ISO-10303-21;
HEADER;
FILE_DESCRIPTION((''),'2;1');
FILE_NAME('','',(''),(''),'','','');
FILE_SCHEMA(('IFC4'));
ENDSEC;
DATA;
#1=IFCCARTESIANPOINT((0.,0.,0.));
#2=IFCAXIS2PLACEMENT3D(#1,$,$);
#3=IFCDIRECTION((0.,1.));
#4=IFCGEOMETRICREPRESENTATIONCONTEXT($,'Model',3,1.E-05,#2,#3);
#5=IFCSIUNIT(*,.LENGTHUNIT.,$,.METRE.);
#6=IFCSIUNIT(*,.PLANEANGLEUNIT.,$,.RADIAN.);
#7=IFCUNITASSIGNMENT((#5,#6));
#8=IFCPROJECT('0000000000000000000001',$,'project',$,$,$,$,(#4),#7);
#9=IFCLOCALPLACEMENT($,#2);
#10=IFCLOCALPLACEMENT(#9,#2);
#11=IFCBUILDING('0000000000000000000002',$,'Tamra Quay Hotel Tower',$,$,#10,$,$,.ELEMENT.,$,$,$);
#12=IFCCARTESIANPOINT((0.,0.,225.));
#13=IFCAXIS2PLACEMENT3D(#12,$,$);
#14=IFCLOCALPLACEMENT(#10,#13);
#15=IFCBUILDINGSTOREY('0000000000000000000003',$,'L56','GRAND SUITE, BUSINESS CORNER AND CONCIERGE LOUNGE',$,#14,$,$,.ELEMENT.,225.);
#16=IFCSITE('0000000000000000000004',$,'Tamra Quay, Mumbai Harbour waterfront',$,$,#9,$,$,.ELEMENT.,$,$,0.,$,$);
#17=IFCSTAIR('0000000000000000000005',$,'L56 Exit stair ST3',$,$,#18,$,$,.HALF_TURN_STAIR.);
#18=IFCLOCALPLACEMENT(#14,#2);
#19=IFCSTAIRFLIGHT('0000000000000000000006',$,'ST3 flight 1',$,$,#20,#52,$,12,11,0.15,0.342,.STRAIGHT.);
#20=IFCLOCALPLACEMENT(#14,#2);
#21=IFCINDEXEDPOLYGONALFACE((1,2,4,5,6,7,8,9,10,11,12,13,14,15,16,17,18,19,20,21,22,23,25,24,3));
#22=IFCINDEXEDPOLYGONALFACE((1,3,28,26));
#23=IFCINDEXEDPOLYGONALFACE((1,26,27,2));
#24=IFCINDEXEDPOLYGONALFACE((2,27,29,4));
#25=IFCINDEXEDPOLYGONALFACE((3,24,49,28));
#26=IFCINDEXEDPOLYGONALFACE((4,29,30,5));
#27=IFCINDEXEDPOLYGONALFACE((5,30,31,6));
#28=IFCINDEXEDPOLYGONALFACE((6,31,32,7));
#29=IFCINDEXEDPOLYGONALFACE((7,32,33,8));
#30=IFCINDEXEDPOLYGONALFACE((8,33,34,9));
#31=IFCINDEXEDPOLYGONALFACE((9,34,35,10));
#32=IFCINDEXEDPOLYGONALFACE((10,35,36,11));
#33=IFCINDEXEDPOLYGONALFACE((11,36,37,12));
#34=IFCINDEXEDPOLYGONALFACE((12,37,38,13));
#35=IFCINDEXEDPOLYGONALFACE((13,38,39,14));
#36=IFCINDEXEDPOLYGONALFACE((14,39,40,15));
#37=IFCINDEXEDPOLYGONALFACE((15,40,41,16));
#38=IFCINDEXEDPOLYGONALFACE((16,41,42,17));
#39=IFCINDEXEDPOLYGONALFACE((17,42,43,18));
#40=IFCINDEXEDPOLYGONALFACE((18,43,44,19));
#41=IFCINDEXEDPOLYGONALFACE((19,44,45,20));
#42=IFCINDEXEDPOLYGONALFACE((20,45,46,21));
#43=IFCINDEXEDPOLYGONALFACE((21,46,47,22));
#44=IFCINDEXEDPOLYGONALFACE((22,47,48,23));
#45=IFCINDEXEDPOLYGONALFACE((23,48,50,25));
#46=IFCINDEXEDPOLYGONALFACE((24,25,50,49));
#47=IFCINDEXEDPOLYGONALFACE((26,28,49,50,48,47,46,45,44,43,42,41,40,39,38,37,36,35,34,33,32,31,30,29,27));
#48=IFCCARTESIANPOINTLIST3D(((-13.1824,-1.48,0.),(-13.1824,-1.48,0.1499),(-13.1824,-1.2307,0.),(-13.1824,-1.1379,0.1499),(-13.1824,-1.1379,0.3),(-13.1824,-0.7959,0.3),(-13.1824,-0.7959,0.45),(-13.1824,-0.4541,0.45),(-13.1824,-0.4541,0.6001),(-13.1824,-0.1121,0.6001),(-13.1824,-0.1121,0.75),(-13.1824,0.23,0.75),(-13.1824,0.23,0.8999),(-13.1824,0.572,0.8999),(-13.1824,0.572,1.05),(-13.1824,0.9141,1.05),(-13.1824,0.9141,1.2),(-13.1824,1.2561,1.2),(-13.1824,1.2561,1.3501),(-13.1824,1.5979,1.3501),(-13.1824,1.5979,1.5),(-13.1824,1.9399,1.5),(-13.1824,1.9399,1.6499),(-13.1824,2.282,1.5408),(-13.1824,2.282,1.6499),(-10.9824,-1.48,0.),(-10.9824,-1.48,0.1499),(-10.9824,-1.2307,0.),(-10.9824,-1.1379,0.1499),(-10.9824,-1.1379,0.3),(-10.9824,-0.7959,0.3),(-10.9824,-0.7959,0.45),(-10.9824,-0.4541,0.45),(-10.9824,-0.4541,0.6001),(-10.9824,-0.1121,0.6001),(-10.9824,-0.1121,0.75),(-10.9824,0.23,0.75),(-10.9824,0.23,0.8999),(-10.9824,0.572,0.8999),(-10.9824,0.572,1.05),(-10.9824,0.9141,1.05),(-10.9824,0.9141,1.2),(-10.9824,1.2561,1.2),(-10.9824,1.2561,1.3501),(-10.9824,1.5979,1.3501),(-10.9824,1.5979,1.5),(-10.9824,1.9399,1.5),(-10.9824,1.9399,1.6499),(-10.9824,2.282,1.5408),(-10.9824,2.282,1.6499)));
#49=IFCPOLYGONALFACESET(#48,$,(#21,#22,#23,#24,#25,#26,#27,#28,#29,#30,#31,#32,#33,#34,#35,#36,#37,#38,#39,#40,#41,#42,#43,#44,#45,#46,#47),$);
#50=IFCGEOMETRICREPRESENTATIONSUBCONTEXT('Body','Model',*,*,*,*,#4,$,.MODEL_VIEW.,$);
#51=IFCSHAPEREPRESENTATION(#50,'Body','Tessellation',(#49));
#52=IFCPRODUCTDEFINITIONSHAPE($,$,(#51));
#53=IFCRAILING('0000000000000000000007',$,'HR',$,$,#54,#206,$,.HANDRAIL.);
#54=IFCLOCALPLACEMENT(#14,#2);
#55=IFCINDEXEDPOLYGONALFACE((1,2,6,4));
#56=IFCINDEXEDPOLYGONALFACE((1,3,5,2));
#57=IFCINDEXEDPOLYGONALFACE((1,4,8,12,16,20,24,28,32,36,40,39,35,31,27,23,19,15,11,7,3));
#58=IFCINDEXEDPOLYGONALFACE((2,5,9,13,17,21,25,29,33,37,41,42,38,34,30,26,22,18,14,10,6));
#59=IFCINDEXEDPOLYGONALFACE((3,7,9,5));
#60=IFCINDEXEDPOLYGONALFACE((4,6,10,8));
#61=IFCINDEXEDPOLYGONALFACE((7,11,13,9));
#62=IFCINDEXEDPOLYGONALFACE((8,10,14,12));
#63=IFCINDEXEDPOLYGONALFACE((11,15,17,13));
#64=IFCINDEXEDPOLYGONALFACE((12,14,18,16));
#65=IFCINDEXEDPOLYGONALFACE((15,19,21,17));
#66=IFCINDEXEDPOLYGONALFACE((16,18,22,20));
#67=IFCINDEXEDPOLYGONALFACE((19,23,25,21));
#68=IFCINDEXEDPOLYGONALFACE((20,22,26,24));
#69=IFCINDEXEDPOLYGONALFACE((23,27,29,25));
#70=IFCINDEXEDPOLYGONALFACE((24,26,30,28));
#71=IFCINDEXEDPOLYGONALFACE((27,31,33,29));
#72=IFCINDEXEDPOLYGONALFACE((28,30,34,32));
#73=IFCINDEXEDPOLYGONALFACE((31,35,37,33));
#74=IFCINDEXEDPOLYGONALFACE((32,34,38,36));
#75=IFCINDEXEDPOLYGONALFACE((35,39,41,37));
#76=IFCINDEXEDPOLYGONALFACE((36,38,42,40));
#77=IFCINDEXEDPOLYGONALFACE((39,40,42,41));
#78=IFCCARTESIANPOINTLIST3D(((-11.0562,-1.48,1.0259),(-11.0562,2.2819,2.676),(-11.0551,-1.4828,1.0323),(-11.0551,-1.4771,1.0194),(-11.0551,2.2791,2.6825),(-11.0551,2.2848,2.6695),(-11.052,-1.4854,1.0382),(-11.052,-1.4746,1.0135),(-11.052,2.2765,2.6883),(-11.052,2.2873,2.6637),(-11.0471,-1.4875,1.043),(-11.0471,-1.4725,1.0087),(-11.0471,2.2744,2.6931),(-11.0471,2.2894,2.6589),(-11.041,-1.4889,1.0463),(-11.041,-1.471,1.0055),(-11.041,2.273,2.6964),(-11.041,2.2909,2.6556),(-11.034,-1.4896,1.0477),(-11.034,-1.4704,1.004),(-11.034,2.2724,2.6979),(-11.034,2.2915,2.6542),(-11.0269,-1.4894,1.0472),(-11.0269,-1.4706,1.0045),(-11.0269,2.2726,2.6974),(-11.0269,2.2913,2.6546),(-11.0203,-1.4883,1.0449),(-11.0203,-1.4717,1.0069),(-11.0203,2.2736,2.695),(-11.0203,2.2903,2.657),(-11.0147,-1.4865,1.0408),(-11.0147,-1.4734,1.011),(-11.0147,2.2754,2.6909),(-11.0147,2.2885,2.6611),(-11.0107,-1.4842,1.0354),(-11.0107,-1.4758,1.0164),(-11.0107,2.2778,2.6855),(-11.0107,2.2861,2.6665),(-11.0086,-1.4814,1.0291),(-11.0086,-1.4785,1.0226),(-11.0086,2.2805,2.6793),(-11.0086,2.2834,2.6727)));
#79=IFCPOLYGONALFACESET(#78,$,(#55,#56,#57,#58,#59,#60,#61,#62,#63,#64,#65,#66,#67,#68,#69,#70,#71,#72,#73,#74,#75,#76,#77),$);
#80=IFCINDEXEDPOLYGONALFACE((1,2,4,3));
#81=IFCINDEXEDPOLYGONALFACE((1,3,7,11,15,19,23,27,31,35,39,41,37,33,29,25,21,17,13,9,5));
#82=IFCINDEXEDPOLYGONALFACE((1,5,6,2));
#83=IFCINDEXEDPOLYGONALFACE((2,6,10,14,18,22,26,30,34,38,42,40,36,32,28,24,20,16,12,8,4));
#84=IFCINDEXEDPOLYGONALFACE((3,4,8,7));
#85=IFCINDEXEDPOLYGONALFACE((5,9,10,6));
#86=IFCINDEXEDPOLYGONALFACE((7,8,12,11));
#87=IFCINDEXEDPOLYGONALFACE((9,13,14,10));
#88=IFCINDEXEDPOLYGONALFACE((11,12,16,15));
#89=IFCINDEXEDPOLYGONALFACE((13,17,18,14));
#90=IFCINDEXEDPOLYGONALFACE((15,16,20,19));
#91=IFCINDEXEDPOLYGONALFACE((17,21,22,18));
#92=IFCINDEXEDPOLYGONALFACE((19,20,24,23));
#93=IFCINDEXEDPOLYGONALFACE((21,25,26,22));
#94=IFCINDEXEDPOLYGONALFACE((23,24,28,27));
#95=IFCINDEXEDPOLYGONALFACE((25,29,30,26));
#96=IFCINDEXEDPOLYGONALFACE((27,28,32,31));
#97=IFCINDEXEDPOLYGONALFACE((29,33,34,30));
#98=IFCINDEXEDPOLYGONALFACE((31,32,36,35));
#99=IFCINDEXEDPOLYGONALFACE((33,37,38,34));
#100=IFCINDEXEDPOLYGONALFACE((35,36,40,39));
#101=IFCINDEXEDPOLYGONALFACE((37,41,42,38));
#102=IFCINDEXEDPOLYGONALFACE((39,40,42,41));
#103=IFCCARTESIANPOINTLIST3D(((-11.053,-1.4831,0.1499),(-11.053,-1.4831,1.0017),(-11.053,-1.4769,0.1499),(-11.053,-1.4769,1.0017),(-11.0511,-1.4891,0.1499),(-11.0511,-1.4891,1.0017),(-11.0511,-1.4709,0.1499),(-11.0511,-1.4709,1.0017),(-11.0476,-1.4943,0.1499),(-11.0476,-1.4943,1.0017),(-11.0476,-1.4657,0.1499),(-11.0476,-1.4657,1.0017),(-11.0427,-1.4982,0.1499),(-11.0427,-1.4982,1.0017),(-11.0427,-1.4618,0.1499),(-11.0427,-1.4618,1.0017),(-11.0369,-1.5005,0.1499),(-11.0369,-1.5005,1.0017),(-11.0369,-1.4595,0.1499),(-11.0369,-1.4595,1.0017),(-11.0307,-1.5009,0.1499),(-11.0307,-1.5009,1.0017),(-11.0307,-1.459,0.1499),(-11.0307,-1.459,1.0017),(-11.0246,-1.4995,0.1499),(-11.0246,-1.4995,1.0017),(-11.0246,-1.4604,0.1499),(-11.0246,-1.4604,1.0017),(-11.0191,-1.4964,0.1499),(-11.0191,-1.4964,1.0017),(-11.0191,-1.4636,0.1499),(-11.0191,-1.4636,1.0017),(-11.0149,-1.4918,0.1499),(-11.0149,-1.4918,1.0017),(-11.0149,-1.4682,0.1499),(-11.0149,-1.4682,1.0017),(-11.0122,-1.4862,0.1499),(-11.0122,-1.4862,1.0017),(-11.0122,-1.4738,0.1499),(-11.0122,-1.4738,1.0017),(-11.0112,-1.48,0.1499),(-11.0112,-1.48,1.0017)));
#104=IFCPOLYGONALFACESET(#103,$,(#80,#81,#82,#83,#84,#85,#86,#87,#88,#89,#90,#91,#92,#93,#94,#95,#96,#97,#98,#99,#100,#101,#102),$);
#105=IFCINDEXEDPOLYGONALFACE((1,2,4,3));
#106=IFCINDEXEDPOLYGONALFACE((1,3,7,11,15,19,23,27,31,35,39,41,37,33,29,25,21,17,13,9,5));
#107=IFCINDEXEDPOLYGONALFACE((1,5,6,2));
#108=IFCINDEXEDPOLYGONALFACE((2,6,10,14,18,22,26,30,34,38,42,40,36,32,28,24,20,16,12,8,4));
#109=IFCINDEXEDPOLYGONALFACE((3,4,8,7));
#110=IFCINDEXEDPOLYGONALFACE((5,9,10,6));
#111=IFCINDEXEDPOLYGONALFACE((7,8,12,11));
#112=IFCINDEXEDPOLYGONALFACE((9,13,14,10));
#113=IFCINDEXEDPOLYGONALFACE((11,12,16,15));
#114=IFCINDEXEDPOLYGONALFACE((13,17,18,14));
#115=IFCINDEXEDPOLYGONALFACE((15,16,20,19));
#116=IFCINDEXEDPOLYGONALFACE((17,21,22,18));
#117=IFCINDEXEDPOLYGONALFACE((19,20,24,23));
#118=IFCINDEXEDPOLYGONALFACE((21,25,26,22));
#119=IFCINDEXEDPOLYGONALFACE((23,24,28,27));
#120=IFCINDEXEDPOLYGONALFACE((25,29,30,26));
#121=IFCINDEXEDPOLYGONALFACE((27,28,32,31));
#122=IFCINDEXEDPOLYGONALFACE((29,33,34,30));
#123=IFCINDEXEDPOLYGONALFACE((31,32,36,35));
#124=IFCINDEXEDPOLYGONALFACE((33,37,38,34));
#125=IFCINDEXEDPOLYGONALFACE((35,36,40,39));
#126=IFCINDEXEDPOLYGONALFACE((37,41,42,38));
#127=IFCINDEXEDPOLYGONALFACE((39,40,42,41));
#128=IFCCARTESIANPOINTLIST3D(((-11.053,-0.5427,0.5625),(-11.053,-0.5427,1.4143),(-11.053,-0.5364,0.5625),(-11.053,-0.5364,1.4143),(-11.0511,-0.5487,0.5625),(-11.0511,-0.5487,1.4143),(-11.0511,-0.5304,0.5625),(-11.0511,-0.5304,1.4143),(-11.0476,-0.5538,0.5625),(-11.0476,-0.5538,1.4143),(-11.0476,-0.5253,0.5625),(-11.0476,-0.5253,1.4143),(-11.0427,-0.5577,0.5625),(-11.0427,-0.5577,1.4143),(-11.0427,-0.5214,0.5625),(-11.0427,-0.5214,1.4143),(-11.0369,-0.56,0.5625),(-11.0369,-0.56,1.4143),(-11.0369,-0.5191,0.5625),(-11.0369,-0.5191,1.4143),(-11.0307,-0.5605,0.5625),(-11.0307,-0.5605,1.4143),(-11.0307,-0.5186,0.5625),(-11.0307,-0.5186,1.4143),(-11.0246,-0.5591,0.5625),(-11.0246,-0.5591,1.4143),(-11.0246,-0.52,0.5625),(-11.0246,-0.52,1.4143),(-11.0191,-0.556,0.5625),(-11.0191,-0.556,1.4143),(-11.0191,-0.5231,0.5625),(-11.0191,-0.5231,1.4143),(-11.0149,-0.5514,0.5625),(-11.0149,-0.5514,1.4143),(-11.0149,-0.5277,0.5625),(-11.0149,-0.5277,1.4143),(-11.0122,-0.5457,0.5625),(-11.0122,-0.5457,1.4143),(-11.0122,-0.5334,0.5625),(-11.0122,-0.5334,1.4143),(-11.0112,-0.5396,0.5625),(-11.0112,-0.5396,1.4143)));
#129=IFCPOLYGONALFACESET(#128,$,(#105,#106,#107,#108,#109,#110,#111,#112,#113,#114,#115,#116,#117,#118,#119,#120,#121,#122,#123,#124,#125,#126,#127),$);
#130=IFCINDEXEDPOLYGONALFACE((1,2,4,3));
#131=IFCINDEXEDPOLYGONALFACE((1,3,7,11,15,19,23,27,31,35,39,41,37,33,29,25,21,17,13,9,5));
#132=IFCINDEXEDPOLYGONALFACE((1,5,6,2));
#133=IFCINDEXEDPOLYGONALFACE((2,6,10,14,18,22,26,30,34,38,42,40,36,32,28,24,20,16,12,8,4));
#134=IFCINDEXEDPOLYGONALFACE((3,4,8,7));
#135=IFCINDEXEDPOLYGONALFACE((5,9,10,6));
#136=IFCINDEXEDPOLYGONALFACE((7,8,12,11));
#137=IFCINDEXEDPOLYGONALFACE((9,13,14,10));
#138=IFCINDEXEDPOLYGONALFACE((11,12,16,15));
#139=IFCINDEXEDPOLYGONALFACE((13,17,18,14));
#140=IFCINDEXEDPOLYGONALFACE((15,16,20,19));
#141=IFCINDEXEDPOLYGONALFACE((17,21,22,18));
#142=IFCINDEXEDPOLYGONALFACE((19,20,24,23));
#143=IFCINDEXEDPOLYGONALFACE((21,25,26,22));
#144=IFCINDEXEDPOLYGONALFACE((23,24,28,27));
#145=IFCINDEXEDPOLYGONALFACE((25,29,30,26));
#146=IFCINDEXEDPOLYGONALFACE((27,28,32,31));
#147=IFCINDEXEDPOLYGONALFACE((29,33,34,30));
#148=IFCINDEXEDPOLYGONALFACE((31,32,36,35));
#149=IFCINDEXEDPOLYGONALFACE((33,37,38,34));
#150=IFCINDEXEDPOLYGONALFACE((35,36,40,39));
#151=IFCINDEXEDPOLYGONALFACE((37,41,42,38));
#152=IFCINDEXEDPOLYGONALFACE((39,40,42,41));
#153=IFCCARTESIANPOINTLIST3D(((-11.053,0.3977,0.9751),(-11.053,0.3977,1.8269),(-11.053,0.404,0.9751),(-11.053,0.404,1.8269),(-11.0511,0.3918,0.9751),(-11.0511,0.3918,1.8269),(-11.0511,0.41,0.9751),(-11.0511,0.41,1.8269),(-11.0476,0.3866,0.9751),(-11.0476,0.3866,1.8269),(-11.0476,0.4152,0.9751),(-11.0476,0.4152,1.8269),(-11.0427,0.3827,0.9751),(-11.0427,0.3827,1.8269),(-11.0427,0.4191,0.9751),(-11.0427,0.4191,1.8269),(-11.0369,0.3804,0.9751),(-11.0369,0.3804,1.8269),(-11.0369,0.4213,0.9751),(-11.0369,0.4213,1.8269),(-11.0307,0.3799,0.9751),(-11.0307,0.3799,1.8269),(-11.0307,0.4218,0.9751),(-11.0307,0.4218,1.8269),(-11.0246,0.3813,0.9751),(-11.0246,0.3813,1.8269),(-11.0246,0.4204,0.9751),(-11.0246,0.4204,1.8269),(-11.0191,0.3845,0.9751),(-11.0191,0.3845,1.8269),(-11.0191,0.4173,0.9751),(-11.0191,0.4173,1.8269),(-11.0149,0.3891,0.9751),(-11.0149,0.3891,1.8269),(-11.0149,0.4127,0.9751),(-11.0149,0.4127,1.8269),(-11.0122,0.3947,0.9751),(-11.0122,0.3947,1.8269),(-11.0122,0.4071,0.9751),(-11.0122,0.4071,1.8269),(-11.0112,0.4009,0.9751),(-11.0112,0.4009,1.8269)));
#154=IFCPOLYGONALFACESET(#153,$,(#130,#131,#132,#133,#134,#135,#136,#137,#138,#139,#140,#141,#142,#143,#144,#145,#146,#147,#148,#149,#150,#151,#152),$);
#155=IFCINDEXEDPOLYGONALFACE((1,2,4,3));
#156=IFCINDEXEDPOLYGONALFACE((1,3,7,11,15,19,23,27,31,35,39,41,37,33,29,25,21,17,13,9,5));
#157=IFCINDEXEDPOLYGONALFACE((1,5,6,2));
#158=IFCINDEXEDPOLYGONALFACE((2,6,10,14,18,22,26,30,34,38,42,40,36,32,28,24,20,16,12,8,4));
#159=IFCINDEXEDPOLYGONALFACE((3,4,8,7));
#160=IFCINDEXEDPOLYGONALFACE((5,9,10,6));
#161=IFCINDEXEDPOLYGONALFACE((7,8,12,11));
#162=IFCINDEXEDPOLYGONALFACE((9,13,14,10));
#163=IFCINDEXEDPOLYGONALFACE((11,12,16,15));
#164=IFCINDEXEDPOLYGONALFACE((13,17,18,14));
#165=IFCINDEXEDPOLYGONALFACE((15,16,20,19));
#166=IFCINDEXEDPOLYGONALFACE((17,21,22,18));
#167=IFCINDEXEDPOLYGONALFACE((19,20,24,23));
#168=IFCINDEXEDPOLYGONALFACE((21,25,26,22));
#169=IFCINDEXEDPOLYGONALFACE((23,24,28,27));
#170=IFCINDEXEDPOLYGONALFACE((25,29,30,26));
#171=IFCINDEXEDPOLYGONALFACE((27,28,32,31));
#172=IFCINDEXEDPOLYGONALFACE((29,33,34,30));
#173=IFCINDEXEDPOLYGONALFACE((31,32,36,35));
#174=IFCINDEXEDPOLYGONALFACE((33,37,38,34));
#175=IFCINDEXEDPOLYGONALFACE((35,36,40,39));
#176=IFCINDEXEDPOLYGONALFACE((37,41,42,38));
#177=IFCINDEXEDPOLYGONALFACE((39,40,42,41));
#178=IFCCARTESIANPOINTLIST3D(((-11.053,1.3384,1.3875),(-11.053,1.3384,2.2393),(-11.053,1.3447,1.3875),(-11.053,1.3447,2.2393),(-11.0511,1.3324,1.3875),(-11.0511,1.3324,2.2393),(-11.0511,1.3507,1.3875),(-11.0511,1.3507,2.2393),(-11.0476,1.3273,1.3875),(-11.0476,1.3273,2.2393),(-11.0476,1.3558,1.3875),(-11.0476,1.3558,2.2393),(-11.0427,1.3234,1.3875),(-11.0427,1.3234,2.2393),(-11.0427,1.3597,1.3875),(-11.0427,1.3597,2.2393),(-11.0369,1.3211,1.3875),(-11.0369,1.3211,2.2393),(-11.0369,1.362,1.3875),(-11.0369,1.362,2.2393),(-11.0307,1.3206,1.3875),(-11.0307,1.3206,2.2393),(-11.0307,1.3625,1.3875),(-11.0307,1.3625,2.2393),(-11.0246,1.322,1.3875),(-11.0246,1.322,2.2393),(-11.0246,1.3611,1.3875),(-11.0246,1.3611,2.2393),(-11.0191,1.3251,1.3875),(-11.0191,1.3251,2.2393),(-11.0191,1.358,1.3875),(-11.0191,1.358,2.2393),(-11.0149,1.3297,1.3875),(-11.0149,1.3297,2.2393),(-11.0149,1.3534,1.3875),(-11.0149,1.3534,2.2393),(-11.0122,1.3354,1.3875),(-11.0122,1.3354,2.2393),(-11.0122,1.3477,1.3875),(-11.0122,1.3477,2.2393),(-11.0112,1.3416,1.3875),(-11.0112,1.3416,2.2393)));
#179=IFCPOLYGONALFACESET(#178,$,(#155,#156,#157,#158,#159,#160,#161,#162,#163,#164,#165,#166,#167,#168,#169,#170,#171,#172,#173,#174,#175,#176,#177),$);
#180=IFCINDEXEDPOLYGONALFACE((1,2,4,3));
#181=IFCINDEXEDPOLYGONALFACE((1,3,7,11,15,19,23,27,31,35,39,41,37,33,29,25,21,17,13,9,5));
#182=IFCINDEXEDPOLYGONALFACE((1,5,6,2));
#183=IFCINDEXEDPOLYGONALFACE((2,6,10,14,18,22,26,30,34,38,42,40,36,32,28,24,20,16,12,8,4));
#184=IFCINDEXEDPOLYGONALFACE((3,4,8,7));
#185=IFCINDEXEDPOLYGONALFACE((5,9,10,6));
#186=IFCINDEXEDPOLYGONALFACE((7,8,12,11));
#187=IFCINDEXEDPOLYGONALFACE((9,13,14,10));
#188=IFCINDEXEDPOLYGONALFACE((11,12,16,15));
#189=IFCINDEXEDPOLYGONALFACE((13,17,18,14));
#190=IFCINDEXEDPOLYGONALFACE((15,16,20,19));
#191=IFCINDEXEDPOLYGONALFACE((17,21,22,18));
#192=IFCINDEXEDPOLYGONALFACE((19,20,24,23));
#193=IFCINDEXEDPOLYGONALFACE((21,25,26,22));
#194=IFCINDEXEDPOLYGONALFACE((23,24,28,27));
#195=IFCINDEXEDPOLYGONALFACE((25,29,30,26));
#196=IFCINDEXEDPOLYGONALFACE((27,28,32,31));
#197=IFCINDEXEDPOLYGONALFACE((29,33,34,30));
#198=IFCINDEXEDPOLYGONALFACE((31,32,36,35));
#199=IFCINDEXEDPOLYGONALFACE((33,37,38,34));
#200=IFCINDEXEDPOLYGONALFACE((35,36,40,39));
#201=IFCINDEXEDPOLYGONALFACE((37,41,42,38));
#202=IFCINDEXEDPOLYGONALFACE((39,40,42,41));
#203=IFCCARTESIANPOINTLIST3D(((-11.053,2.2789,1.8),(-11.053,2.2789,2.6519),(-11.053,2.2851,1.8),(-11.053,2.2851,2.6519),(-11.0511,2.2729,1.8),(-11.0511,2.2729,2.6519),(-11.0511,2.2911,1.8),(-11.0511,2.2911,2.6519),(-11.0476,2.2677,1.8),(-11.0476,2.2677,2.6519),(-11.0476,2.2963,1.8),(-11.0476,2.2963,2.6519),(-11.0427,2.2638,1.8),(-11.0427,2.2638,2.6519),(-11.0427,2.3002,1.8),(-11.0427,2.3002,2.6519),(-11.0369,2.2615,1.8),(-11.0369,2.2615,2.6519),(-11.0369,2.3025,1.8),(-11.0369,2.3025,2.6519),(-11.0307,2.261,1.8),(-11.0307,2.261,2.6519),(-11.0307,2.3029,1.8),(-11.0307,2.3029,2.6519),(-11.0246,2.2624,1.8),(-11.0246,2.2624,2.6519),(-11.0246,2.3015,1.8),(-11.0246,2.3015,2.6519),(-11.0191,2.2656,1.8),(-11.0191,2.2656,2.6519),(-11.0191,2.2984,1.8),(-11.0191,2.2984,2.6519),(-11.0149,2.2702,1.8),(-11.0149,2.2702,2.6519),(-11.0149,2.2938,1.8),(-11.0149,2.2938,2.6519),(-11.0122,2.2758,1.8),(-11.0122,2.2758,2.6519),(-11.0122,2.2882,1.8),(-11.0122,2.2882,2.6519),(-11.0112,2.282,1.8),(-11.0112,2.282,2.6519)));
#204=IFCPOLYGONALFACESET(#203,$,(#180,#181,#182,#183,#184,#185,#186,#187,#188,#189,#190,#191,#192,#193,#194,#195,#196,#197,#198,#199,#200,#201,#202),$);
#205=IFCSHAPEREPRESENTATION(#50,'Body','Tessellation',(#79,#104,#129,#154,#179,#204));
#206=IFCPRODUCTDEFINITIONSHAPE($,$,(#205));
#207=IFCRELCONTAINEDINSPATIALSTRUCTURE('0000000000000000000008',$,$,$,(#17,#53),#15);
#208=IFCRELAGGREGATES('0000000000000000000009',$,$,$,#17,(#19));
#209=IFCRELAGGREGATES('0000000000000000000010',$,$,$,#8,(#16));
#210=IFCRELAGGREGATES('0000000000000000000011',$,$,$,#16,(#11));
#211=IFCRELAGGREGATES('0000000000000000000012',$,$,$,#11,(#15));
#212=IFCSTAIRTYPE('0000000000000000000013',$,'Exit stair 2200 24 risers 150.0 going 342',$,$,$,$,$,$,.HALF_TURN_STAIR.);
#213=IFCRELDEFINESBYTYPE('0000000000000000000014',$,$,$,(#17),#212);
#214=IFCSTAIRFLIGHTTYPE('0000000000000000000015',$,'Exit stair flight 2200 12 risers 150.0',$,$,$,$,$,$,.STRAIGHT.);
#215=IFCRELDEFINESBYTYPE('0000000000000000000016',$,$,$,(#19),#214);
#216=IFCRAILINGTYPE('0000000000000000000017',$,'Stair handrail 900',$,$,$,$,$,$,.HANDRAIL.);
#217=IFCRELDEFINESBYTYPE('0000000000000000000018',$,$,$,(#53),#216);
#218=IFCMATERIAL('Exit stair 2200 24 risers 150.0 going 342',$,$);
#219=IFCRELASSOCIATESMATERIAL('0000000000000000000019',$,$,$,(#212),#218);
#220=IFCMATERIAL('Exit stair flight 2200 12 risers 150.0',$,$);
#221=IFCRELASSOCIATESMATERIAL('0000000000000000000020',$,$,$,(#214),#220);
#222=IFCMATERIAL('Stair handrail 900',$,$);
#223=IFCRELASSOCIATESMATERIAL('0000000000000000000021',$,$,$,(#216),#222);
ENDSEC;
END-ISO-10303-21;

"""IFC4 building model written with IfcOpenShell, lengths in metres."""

from ifc_helpers import new_model, si_unit, direction, frame, origin, origin_2d, place, context, subcontext, project, spatial, polyline, circle, outline, extrude, material, type_object, element, aggregate, save


model = new_model("IFC4")

# Units and contexts
model_context = context("Model", 3, precision=1e-05, world=origin(), true_north=direction((0.0, 1.0)))
body_context = subcontext(model_context, "Body", "Model", "MODEL_VIEW")
ifc_project = project(units=[si_unit("LENGTHUNIT", "METRE"), si_unit("PLANEANGLEUNIT", "RADIAN")], contexts=[model_context])

# Site, building, storey
site_placement = place(None, origin())
site = spatial("IfcSite", under=ifc_project, at=site_placement, Name="Tamra Quay, Mumbai Harbour waterfront", CompositionType="ELEMENT", RefElevation=0.0)
building_placement = place(site_placement, origin())
building = spatial("IfcBuilding", under=site, at=building_placement, Name="Tamra Quay Hotel Tower", CompositionType="ELEMENT")
storey_placement = place(building_placement, frame((0.0, 0.0, 225.0)))
storey = spatial("IfcBuildingStorey", under=building, at=storey_placement, Name="L56", Description="GRAND SUITE, BUSINESS CORNER AND CONCIERGE LOUNGE", CompositionType="ELEMENT", Elevation=225.0)

# Stair
ifc_material_1 = material(Name="Exit stair 2200 24 risers 150.0 going 342")
stair_type = type_object("IfcStairType", Name="Exit stair 2200 24 risers 150.0 going 342", PredefinedType="HALF_TURN_STAIR", material=ifc_material_1)
stair_placement = place(storey_placement, origin())
stair = element("IfcStair", 1, at=stair_placement, inside=storey, type_object=stair_type, Name="L56 Exit stair ST3", PredefinedType="HALF_TURN_STAIR")

# Stair flight
ifc_material_2 = material(Name="Exit stair flight 2200 12 risers 150.0")
stair_flight_type = type_object("IfcStairFlightType", Name="Exit stair flight 2200 12 risers 150.0", PredefinedType="STRAIGHT", material=ifc_material_2)
stair_flight_placement = place(storey_placement, frame((-12.0823, -1.48, 0.0), z_axis=(0.0, 0.0, 1.0), x_axis=(0.0, 1.0, 0.0)))
stair_flight = element("IfcStairFlight", 2, at=stair_flight_placement, type_object=stair_flight_type, Name="ST3 flight 1", NumberOfRisers=12, NumberOfTreads=11, PredefinedType="STRAIGHT", RiserHeight=0.15, TreadLength=0.342, context=body_context, shape_type="SweptSolid", body=[
    extrude(outline(polyline([(0.0, 0.0), (0.0, 0.1499), (0.342, 0.1499), (0.342, 0.3), (0.6841, 0.3), (0.6841, 0.45), (1.0259, 0.45), (1.0259, 0.6001), (1.3679, 0.6001), (1.3679, 0.75), (1.71, 0.75), (1.71, 0.8999), (2.052, 0.8999), (2.052, 1.05), (2.394, 1.05), (2.394, 1.2), (2.7361, 1.2), (2.7361, 1.3501), (3.0779, 1.3501), (3.0779, 1.5), (3.4199, 1.5), (3.4199, 1.6499), (3.762, 1.6499), (3.762, 1.8), (3.762, 1.5408), (0.2493, 0.0), (0.0, 0.0)])), frame((0.0, 1.1001, 0.0), z_axis=(0.0, -1.0, 0.0), x_axis=(1.0, 0.0, 0.0)), (0.0, 0.0, 1.0), 2.2),
])
aggregate(stair, [stair_flight])

# Railing
ifc_material_3 = material(Name="Stair handrail 900")
railing_type_1 = type_object("IfcRailingType", Name="Stair handrail 900", PredefinedType="HANDRAIL", material=ifc_material_3)
railing_1_placement = place(storey_placement, frame((-11.0322, -1.48, 0.1499)))
element("IfcRailing", 3, at=railing_1_placement, inside=storey, type_object=railing_type_1, Name="HR", PredefinedType="HANDRAIL", context=body_context, shape_type="SweptSolid", body=[
    extrude(circle(Radius=0.0239, at=origin_2d()), frame((0.0, 0.0, 0.876), z_axis=(0.0, 0.915774, 0.401695), x_axis=(-1.0, 0.0, 0.0)), (0.0, 0.0, 1.0), 4.1079),
    extrude(circle(Radius=0.021, at=origin_2d()), origin(), (0.0, 0.0, 1.0), 0.8518),
    extrude(circle(Radius=0.021, at=origin_2d()), frame((0.0, 0.9404, 0.4126)), (0.0, 0.0, 1.0), 0.8518),
    extrude(circle(Radius=0.021, at=origin_2d()), frame((0.0, 1.8809, 0.8252)), (0.0, 0.0, 1.0), 0.8518),
    extrude(circle(Radius=0.021, at=origin_2d()), frame((0.0, 2.8215, 1.2375)), (0.0, 0.0, 1.0), 0.8518),
    extrude(circle(Radius=0.021, at=origin_2d()), frame((0.0, 3.762, 1.6501)), (0.0, 0.0, 1.0), 0.8518),
])

save(model, "model.ifc")
